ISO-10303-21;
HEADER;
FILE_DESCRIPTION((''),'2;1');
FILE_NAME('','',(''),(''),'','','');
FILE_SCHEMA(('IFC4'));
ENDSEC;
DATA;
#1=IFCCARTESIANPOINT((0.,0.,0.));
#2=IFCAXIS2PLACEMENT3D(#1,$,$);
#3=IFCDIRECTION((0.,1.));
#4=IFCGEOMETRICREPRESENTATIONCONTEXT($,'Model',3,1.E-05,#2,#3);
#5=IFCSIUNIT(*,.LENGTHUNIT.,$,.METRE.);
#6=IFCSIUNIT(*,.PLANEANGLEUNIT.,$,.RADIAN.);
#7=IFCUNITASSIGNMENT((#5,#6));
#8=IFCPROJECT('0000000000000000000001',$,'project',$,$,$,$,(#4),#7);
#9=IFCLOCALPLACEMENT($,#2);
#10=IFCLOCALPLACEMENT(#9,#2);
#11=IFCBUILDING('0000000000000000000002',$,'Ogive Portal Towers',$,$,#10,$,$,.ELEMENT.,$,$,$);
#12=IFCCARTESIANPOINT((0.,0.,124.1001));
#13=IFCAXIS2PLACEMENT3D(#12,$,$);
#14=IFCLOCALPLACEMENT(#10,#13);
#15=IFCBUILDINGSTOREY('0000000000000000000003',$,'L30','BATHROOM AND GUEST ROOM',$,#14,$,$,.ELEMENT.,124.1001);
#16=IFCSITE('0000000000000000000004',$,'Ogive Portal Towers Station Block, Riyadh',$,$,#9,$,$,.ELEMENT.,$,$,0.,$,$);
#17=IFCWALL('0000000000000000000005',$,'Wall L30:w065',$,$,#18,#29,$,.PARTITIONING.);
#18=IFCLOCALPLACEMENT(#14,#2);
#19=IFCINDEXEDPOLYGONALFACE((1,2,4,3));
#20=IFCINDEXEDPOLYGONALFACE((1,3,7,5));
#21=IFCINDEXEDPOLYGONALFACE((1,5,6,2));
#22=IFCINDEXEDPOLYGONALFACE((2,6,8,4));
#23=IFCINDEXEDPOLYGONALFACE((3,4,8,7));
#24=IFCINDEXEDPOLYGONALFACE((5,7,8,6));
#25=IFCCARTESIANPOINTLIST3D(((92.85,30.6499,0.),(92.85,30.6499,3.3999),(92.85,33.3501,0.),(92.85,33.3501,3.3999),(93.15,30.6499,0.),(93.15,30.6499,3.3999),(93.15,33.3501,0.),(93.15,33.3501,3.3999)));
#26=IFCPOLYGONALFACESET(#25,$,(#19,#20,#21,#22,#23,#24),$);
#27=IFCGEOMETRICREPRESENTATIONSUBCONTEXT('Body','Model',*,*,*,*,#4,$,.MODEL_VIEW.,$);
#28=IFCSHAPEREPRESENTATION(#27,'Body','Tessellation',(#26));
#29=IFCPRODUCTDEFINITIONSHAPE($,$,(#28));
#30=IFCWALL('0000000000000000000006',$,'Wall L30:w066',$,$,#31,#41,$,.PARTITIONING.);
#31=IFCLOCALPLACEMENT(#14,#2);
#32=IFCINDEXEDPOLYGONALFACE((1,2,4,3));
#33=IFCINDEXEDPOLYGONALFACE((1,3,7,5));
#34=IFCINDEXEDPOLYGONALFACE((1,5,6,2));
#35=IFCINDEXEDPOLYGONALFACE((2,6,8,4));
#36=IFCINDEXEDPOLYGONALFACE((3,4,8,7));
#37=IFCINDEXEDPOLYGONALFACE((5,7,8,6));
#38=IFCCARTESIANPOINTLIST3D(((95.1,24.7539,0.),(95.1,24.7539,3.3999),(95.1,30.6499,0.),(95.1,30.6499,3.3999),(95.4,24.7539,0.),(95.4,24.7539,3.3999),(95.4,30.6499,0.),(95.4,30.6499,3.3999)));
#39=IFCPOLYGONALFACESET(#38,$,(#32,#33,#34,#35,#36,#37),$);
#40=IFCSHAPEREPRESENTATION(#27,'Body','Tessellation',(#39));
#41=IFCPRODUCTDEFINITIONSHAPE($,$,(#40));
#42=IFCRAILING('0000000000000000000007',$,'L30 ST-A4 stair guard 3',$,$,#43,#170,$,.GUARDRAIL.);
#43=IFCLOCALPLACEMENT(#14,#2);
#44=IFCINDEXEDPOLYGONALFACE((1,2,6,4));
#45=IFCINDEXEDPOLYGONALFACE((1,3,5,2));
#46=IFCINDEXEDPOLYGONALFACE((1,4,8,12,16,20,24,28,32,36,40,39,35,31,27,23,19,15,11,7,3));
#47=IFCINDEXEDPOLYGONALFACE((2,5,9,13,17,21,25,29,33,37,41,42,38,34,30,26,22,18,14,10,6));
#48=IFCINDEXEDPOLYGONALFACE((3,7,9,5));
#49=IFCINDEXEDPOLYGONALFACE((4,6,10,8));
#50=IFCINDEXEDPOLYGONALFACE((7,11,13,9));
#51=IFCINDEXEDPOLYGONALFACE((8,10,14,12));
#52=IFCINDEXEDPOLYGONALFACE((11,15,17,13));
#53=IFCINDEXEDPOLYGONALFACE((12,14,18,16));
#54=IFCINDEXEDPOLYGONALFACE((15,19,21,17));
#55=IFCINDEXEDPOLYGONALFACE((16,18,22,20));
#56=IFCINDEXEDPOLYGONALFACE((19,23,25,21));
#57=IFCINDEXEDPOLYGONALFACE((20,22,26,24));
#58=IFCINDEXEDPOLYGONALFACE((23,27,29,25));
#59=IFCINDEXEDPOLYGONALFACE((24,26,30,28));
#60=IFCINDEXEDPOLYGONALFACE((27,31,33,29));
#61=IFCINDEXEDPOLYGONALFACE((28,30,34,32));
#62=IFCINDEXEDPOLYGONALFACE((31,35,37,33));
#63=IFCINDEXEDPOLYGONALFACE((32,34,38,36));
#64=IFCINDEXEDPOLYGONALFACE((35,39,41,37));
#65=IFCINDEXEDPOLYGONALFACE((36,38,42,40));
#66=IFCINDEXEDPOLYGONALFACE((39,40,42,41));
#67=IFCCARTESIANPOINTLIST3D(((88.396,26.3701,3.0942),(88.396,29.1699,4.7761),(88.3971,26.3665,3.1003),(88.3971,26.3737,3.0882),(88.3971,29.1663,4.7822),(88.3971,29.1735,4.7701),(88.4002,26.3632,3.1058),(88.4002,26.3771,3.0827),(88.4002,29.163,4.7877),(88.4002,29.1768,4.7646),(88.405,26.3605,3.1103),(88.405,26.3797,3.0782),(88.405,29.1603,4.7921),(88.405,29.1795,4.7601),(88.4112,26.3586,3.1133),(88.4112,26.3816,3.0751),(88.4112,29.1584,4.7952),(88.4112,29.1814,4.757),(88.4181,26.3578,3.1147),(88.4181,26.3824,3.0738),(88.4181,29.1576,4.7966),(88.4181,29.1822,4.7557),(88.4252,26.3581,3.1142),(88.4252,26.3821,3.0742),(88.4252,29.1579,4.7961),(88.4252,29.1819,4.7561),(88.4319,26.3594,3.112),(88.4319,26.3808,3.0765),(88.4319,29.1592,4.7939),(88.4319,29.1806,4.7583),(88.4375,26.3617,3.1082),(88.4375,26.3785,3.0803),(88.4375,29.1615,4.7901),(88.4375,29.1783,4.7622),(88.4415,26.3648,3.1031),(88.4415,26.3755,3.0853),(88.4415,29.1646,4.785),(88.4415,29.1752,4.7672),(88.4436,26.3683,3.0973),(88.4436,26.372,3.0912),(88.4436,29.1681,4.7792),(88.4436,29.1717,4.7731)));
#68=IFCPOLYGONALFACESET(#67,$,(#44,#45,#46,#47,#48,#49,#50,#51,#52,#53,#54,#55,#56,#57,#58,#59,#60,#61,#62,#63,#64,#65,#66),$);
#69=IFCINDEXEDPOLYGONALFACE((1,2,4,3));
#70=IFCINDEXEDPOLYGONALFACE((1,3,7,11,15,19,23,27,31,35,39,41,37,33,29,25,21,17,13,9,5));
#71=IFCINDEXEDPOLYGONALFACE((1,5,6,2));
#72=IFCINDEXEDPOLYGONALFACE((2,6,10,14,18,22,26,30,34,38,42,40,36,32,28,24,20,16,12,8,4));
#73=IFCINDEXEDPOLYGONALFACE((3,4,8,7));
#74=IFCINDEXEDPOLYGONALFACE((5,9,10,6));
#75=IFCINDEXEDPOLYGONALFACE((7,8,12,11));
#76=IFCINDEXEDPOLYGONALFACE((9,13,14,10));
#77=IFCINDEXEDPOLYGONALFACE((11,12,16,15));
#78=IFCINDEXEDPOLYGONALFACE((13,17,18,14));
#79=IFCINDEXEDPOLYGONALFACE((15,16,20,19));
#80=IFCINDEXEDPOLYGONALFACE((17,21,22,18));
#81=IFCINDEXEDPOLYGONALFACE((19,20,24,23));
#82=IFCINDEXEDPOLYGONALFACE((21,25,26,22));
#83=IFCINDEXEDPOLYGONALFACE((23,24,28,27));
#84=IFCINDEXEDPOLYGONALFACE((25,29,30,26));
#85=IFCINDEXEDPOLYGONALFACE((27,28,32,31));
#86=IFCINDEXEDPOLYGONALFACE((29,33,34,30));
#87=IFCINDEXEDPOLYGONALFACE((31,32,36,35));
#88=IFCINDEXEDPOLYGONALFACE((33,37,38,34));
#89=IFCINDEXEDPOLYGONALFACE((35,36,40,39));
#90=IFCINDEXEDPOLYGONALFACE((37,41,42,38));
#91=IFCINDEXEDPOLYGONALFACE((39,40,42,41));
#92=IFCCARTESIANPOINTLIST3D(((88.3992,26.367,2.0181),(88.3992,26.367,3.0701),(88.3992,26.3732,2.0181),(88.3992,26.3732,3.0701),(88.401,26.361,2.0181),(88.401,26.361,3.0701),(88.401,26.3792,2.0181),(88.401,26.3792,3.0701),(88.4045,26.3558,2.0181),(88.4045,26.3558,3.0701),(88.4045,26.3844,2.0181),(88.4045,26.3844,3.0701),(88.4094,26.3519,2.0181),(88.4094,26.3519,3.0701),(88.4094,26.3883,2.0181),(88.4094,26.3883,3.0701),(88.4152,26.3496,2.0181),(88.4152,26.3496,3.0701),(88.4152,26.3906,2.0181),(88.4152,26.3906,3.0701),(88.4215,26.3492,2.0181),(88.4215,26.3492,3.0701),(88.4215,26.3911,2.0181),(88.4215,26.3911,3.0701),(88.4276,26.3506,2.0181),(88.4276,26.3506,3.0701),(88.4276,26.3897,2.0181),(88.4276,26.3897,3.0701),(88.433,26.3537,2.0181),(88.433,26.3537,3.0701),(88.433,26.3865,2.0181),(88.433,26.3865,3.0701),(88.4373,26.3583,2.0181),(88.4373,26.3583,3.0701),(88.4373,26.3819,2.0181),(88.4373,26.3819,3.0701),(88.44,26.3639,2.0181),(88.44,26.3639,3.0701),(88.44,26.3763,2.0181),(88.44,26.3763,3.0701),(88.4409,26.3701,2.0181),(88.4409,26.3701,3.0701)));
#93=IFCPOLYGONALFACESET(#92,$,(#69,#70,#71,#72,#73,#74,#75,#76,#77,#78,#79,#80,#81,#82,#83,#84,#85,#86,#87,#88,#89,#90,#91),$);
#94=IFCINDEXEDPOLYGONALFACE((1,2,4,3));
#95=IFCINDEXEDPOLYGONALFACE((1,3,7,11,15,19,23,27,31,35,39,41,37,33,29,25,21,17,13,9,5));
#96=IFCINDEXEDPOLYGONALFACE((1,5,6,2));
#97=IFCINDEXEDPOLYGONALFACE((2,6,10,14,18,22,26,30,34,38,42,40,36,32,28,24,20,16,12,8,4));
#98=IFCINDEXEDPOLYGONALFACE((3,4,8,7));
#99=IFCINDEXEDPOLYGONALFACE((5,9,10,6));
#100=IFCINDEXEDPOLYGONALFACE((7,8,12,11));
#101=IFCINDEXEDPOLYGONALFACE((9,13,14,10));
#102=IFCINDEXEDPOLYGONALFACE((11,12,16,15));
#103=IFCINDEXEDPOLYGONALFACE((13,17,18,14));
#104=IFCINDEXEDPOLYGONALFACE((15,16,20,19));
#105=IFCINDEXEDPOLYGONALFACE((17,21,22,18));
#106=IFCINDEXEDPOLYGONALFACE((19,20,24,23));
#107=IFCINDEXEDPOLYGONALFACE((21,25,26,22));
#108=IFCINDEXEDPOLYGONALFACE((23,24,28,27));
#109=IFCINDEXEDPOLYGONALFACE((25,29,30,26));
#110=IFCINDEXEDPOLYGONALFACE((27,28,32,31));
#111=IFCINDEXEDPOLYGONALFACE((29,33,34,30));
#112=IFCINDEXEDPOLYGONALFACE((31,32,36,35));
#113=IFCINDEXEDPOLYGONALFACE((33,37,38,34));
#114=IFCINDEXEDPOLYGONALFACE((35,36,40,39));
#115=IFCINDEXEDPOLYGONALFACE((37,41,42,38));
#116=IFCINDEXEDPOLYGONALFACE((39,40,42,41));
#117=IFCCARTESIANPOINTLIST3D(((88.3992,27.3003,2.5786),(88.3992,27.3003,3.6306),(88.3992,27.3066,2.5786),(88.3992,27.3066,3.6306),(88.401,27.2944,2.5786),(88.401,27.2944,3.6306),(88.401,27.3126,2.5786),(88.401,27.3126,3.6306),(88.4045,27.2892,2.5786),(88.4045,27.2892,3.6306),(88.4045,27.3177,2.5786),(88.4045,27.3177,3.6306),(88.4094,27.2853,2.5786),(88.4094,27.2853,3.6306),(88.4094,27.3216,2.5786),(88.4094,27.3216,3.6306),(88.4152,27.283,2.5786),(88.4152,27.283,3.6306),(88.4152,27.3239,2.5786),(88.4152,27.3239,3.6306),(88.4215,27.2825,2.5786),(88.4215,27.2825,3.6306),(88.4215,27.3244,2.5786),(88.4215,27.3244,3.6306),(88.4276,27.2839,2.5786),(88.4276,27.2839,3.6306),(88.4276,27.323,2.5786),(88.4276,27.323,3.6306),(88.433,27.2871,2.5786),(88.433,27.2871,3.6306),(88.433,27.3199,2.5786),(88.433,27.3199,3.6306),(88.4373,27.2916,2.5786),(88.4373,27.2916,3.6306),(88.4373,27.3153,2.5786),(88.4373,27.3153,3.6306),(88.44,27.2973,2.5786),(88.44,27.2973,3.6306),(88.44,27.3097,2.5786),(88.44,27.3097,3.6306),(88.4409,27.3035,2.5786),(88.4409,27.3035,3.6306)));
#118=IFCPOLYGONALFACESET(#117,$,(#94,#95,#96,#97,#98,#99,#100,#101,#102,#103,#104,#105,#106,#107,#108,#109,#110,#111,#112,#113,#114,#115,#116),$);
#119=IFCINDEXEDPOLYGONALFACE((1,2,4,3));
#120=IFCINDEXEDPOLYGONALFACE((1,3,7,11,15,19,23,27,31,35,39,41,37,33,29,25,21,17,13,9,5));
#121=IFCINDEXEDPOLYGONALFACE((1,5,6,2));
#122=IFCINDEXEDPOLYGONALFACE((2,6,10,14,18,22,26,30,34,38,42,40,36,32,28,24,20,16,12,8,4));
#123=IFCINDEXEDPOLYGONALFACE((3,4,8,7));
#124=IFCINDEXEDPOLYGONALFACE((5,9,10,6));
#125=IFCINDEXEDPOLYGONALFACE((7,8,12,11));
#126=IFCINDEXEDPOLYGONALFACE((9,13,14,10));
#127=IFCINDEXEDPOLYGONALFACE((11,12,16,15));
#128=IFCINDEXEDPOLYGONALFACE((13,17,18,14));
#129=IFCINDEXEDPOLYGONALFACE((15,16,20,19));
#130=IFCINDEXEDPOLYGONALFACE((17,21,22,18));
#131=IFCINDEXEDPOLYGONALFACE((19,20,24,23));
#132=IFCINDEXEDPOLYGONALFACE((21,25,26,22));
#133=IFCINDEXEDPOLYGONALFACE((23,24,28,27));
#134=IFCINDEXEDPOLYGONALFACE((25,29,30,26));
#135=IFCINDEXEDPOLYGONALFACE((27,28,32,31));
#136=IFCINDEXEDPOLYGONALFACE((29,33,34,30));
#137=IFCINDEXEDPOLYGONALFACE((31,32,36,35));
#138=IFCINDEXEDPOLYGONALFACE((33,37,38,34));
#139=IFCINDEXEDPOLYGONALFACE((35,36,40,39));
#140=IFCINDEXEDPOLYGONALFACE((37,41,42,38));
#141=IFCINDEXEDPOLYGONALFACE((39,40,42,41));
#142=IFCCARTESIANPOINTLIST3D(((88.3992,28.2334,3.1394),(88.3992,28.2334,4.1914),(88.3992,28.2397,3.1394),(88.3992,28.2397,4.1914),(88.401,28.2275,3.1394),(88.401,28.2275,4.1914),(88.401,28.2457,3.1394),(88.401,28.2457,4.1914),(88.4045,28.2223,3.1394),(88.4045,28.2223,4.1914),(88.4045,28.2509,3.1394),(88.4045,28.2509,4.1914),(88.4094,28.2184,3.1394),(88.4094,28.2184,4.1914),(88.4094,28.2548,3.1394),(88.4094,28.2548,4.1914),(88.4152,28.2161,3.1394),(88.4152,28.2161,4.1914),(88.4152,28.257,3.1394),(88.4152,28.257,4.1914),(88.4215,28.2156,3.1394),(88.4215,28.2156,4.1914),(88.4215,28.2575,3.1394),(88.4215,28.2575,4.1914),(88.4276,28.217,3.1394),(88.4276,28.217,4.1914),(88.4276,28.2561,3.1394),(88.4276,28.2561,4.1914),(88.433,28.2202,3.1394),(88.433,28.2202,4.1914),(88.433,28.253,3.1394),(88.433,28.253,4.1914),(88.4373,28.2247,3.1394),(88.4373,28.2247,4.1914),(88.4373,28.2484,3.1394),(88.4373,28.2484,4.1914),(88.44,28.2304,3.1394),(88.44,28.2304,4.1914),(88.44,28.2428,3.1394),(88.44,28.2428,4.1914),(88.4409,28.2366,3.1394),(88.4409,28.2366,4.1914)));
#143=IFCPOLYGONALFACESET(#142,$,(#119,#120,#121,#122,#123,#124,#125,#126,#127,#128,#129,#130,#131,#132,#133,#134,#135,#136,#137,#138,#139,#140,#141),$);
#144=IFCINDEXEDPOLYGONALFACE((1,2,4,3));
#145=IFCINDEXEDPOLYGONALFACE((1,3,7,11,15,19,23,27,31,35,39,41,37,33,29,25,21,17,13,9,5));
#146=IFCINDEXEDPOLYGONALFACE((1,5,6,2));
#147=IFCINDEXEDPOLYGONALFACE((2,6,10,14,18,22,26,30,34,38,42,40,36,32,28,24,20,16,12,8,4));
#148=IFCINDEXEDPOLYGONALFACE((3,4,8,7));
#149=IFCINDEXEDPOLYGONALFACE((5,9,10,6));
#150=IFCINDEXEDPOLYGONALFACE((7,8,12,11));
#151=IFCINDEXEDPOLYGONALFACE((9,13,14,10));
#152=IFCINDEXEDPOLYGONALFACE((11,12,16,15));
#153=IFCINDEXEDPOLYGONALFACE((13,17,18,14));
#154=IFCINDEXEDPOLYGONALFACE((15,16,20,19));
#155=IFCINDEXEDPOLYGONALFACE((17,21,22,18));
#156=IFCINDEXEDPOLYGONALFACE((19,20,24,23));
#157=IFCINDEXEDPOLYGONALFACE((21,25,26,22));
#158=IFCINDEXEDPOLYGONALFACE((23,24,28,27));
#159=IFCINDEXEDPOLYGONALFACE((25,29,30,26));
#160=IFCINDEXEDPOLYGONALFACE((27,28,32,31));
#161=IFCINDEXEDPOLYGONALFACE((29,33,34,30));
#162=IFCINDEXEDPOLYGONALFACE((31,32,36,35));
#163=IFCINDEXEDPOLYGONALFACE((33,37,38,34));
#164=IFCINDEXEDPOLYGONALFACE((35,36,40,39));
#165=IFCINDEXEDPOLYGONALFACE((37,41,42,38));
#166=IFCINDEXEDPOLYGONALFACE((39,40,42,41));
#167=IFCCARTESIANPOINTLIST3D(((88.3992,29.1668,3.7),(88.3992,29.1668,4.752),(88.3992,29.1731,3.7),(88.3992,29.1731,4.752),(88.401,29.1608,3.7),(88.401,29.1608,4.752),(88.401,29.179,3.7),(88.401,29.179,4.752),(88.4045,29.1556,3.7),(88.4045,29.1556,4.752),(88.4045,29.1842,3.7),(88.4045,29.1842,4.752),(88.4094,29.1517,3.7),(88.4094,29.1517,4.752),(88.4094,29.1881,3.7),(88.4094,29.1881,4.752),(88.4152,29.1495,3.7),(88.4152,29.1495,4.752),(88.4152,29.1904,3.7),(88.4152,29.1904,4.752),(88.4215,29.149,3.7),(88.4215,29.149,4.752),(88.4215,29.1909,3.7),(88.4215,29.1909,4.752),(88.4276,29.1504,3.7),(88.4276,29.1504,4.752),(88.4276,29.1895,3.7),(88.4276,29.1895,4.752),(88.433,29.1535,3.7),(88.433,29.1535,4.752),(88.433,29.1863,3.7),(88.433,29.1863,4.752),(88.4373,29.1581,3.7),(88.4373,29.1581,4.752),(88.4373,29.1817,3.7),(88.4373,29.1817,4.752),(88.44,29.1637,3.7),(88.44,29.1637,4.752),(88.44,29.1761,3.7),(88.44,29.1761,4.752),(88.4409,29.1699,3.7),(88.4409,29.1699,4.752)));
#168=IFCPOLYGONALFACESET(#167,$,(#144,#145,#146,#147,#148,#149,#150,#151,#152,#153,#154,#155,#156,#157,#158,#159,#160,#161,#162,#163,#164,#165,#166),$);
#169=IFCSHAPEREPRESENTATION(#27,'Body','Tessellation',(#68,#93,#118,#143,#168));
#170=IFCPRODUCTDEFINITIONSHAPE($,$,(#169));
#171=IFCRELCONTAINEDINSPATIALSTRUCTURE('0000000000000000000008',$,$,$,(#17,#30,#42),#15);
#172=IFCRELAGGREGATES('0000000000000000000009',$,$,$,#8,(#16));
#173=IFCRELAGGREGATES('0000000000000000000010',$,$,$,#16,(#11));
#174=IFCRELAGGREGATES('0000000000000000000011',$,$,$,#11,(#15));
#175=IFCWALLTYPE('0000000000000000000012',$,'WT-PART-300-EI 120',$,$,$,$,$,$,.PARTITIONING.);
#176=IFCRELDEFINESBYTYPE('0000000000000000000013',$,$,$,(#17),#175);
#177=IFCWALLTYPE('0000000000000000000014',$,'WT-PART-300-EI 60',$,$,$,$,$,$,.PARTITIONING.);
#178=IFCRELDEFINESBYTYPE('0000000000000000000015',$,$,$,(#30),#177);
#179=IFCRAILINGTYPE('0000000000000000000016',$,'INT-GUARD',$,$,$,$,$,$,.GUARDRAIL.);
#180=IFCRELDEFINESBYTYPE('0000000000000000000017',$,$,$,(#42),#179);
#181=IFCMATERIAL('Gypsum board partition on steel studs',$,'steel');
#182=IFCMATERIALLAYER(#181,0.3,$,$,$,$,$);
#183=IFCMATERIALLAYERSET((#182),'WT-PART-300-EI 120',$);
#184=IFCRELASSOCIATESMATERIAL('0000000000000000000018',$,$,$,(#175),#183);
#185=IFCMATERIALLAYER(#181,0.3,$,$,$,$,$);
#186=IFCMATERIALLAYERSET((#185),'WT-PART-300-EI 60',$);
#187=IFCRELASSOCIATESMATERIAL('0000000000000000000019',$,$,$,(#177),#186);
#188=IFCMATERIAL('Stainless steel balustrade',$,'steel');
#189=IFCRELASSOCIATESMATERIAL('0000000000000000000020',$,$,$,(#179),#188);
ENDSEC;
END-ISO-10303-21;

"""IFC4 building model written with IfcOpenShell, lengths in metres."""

from ifc_helpers import new_model, si_unit, direction, frame, frame_2d, origin, origin_2d, place, context, subcontext, project, spatial, rectangle, circle, extrude, material, layer, layer_set, type_object, element, save


model = new_model("IFC4")

# Units and contexts
model_context = context("Model", 3, precision=1e-05, world=origin(), true_north=direction((0.0, 1.0)))
body_context = subcontext(model_context, "Body", "Model", "MODEL_VIEW")
ifc_project = project(units=[si_unit("LENGTHUNIT", "METRE"), si_unit("PLANEANGLEUNIT", "RADIAN")], contexts=[model_context])

# Site, building, storey
site_placement = place(None, origin())
site = spatial("IfcSite", under=ifc_project, at=site_placement, Name="Ogive Portal Towers Station Block, Riyadh", CompositionType="ELEMENT", RefElevation=0.0)
building_placement = place(site_placement, origin())
building = spatial("IfcBuilding", under=site, at=building_placement, Name="Ogive Portal Towers", CompositionType="ELEMENT")
storey_placement = place(building_placement, frame((0.0, 0.0, 124.1001)))
storey = spatial("IfcBuildingStorey", under=building, at=storey_placement, Name="L30", Description="BATHROOM AND GUEST ROOM", CompositionType="ELEMENT", Elevation=124.1001)

# Walls
ifc_material_1 = material(Name="Gypsum board partition on steel studs", Category="steel")
ifc_layer_1 = layer(ifc_material_1, 0.3)
ifc_layer_set_1 = layer_set([ifc_layer_1], Name="WT-PART-300-EI 120")
wall_type_1 = type_object("IfcWallType", Name="WT-PART-300-EI 120", PredefinedType="PARTITIONING", material=ifc_layer_set_1)
wall_1_placement = place(storey_placement, frame((93.0, 30.6499, 0.0), z_axis=(0.0, 0.0, 1.0), x_axis=(0.0, 1.0, 0.0)))
element("IfcWall", 1, at=wall_1_placement, inside=storey, type_object=wall_type_1, Name="Wall L30:w065", PredefinedType="PARTITIONING", context=body_context, shape_type="SweptSolid", body=[
    extrude(rectangle(XDim=2.7002, YDim=0.3, at=frame_2d((1.3501, 0.0))), origin(), (0.0, 0.0, 1.0), 3.3999),
])
ifc_layer_2 = layer(ifc_material_1, 0.3)
ifc_layer_set_2 = layer_set([ifc_layer_2], Name="WT-PART-300-EI 60")
wall_type_2 = type_object("IfcWallType", Name="WT-PART-300-EI 60", PredefinedType="PARTITIONING", material=ifc_layer_set_2)
wall_2_placement = place(storey_placement, frame((95.25, 24.7539, 0.0), z_axis=(0.0, 0.0, 1.0), x_axis=(0.0, 1.0, 0.0)))
element("IfcWall", 2, at=wall_2_placement, inside=storey, type_object=wall_type_2, Name="Wall L30:w066", PredefinedType="PARTITIONING", context=body_context, shape_type="SweptSolid", body=[
    extrude(rectangle(XDim=5.896, YDim=0.3, at=frame_2d((2.948, 0.0))), origin(), (0.0, 0.0, 1.0), 3.3999),
])

# Railing
ifc_material_2 = material(Name="Stainless steel balustrade", Category="steel")
railing_type_1 = type_object("IfcRailingType", Name="INT-GUARD", PredefinedType="GUARDRAIL", material=ifc_material_2)
railing_1_placement = place(storey_placement, frame((88.4199, 26.3701, 2.0181)))
element("IfcRailing", 3, at=railing_1_placement, inside=storey, type_object=railing_type_1, Name="L30 ST-A4 stair guard 3", PredefinedType="GUARDRAIL", context=body_context, shape_type="SweptSolid", body=[
    extrude(circle(Radius=0.0239, at=origin_2d()), frame((0.0, 0.0, 1.0762), z_axis=(0.0, 0.857222, 0.514946), x_axis=(-1.0, 0.0, 0.0)), (0.0, 0.0, 1.0), 3.2661),
    extrude(circle(Radius=0.021, at=origin_2d()), origin(), (0.0, 0.0, 1.0), 1.052),
    extrude(circle(Radius=0.021, at=origin_2d()), frame((0.0, 0.9333, 0.5605)), (0.0, 0.0, 1.0), 1.052),
    extrude(circle(Radius=0.021, at=origin_2d()), frame((0.0, 1.8665, 1.1213)), (0.0, 0.0, 1.0), 1.052),
    extrude(circle(Radius=0.021, at=origin_2d()), frame((0.0, 2.7998, 1.6819)), (0.0, 0.0, 1.0), 1.052),
])

save(model, "model.ifc")
